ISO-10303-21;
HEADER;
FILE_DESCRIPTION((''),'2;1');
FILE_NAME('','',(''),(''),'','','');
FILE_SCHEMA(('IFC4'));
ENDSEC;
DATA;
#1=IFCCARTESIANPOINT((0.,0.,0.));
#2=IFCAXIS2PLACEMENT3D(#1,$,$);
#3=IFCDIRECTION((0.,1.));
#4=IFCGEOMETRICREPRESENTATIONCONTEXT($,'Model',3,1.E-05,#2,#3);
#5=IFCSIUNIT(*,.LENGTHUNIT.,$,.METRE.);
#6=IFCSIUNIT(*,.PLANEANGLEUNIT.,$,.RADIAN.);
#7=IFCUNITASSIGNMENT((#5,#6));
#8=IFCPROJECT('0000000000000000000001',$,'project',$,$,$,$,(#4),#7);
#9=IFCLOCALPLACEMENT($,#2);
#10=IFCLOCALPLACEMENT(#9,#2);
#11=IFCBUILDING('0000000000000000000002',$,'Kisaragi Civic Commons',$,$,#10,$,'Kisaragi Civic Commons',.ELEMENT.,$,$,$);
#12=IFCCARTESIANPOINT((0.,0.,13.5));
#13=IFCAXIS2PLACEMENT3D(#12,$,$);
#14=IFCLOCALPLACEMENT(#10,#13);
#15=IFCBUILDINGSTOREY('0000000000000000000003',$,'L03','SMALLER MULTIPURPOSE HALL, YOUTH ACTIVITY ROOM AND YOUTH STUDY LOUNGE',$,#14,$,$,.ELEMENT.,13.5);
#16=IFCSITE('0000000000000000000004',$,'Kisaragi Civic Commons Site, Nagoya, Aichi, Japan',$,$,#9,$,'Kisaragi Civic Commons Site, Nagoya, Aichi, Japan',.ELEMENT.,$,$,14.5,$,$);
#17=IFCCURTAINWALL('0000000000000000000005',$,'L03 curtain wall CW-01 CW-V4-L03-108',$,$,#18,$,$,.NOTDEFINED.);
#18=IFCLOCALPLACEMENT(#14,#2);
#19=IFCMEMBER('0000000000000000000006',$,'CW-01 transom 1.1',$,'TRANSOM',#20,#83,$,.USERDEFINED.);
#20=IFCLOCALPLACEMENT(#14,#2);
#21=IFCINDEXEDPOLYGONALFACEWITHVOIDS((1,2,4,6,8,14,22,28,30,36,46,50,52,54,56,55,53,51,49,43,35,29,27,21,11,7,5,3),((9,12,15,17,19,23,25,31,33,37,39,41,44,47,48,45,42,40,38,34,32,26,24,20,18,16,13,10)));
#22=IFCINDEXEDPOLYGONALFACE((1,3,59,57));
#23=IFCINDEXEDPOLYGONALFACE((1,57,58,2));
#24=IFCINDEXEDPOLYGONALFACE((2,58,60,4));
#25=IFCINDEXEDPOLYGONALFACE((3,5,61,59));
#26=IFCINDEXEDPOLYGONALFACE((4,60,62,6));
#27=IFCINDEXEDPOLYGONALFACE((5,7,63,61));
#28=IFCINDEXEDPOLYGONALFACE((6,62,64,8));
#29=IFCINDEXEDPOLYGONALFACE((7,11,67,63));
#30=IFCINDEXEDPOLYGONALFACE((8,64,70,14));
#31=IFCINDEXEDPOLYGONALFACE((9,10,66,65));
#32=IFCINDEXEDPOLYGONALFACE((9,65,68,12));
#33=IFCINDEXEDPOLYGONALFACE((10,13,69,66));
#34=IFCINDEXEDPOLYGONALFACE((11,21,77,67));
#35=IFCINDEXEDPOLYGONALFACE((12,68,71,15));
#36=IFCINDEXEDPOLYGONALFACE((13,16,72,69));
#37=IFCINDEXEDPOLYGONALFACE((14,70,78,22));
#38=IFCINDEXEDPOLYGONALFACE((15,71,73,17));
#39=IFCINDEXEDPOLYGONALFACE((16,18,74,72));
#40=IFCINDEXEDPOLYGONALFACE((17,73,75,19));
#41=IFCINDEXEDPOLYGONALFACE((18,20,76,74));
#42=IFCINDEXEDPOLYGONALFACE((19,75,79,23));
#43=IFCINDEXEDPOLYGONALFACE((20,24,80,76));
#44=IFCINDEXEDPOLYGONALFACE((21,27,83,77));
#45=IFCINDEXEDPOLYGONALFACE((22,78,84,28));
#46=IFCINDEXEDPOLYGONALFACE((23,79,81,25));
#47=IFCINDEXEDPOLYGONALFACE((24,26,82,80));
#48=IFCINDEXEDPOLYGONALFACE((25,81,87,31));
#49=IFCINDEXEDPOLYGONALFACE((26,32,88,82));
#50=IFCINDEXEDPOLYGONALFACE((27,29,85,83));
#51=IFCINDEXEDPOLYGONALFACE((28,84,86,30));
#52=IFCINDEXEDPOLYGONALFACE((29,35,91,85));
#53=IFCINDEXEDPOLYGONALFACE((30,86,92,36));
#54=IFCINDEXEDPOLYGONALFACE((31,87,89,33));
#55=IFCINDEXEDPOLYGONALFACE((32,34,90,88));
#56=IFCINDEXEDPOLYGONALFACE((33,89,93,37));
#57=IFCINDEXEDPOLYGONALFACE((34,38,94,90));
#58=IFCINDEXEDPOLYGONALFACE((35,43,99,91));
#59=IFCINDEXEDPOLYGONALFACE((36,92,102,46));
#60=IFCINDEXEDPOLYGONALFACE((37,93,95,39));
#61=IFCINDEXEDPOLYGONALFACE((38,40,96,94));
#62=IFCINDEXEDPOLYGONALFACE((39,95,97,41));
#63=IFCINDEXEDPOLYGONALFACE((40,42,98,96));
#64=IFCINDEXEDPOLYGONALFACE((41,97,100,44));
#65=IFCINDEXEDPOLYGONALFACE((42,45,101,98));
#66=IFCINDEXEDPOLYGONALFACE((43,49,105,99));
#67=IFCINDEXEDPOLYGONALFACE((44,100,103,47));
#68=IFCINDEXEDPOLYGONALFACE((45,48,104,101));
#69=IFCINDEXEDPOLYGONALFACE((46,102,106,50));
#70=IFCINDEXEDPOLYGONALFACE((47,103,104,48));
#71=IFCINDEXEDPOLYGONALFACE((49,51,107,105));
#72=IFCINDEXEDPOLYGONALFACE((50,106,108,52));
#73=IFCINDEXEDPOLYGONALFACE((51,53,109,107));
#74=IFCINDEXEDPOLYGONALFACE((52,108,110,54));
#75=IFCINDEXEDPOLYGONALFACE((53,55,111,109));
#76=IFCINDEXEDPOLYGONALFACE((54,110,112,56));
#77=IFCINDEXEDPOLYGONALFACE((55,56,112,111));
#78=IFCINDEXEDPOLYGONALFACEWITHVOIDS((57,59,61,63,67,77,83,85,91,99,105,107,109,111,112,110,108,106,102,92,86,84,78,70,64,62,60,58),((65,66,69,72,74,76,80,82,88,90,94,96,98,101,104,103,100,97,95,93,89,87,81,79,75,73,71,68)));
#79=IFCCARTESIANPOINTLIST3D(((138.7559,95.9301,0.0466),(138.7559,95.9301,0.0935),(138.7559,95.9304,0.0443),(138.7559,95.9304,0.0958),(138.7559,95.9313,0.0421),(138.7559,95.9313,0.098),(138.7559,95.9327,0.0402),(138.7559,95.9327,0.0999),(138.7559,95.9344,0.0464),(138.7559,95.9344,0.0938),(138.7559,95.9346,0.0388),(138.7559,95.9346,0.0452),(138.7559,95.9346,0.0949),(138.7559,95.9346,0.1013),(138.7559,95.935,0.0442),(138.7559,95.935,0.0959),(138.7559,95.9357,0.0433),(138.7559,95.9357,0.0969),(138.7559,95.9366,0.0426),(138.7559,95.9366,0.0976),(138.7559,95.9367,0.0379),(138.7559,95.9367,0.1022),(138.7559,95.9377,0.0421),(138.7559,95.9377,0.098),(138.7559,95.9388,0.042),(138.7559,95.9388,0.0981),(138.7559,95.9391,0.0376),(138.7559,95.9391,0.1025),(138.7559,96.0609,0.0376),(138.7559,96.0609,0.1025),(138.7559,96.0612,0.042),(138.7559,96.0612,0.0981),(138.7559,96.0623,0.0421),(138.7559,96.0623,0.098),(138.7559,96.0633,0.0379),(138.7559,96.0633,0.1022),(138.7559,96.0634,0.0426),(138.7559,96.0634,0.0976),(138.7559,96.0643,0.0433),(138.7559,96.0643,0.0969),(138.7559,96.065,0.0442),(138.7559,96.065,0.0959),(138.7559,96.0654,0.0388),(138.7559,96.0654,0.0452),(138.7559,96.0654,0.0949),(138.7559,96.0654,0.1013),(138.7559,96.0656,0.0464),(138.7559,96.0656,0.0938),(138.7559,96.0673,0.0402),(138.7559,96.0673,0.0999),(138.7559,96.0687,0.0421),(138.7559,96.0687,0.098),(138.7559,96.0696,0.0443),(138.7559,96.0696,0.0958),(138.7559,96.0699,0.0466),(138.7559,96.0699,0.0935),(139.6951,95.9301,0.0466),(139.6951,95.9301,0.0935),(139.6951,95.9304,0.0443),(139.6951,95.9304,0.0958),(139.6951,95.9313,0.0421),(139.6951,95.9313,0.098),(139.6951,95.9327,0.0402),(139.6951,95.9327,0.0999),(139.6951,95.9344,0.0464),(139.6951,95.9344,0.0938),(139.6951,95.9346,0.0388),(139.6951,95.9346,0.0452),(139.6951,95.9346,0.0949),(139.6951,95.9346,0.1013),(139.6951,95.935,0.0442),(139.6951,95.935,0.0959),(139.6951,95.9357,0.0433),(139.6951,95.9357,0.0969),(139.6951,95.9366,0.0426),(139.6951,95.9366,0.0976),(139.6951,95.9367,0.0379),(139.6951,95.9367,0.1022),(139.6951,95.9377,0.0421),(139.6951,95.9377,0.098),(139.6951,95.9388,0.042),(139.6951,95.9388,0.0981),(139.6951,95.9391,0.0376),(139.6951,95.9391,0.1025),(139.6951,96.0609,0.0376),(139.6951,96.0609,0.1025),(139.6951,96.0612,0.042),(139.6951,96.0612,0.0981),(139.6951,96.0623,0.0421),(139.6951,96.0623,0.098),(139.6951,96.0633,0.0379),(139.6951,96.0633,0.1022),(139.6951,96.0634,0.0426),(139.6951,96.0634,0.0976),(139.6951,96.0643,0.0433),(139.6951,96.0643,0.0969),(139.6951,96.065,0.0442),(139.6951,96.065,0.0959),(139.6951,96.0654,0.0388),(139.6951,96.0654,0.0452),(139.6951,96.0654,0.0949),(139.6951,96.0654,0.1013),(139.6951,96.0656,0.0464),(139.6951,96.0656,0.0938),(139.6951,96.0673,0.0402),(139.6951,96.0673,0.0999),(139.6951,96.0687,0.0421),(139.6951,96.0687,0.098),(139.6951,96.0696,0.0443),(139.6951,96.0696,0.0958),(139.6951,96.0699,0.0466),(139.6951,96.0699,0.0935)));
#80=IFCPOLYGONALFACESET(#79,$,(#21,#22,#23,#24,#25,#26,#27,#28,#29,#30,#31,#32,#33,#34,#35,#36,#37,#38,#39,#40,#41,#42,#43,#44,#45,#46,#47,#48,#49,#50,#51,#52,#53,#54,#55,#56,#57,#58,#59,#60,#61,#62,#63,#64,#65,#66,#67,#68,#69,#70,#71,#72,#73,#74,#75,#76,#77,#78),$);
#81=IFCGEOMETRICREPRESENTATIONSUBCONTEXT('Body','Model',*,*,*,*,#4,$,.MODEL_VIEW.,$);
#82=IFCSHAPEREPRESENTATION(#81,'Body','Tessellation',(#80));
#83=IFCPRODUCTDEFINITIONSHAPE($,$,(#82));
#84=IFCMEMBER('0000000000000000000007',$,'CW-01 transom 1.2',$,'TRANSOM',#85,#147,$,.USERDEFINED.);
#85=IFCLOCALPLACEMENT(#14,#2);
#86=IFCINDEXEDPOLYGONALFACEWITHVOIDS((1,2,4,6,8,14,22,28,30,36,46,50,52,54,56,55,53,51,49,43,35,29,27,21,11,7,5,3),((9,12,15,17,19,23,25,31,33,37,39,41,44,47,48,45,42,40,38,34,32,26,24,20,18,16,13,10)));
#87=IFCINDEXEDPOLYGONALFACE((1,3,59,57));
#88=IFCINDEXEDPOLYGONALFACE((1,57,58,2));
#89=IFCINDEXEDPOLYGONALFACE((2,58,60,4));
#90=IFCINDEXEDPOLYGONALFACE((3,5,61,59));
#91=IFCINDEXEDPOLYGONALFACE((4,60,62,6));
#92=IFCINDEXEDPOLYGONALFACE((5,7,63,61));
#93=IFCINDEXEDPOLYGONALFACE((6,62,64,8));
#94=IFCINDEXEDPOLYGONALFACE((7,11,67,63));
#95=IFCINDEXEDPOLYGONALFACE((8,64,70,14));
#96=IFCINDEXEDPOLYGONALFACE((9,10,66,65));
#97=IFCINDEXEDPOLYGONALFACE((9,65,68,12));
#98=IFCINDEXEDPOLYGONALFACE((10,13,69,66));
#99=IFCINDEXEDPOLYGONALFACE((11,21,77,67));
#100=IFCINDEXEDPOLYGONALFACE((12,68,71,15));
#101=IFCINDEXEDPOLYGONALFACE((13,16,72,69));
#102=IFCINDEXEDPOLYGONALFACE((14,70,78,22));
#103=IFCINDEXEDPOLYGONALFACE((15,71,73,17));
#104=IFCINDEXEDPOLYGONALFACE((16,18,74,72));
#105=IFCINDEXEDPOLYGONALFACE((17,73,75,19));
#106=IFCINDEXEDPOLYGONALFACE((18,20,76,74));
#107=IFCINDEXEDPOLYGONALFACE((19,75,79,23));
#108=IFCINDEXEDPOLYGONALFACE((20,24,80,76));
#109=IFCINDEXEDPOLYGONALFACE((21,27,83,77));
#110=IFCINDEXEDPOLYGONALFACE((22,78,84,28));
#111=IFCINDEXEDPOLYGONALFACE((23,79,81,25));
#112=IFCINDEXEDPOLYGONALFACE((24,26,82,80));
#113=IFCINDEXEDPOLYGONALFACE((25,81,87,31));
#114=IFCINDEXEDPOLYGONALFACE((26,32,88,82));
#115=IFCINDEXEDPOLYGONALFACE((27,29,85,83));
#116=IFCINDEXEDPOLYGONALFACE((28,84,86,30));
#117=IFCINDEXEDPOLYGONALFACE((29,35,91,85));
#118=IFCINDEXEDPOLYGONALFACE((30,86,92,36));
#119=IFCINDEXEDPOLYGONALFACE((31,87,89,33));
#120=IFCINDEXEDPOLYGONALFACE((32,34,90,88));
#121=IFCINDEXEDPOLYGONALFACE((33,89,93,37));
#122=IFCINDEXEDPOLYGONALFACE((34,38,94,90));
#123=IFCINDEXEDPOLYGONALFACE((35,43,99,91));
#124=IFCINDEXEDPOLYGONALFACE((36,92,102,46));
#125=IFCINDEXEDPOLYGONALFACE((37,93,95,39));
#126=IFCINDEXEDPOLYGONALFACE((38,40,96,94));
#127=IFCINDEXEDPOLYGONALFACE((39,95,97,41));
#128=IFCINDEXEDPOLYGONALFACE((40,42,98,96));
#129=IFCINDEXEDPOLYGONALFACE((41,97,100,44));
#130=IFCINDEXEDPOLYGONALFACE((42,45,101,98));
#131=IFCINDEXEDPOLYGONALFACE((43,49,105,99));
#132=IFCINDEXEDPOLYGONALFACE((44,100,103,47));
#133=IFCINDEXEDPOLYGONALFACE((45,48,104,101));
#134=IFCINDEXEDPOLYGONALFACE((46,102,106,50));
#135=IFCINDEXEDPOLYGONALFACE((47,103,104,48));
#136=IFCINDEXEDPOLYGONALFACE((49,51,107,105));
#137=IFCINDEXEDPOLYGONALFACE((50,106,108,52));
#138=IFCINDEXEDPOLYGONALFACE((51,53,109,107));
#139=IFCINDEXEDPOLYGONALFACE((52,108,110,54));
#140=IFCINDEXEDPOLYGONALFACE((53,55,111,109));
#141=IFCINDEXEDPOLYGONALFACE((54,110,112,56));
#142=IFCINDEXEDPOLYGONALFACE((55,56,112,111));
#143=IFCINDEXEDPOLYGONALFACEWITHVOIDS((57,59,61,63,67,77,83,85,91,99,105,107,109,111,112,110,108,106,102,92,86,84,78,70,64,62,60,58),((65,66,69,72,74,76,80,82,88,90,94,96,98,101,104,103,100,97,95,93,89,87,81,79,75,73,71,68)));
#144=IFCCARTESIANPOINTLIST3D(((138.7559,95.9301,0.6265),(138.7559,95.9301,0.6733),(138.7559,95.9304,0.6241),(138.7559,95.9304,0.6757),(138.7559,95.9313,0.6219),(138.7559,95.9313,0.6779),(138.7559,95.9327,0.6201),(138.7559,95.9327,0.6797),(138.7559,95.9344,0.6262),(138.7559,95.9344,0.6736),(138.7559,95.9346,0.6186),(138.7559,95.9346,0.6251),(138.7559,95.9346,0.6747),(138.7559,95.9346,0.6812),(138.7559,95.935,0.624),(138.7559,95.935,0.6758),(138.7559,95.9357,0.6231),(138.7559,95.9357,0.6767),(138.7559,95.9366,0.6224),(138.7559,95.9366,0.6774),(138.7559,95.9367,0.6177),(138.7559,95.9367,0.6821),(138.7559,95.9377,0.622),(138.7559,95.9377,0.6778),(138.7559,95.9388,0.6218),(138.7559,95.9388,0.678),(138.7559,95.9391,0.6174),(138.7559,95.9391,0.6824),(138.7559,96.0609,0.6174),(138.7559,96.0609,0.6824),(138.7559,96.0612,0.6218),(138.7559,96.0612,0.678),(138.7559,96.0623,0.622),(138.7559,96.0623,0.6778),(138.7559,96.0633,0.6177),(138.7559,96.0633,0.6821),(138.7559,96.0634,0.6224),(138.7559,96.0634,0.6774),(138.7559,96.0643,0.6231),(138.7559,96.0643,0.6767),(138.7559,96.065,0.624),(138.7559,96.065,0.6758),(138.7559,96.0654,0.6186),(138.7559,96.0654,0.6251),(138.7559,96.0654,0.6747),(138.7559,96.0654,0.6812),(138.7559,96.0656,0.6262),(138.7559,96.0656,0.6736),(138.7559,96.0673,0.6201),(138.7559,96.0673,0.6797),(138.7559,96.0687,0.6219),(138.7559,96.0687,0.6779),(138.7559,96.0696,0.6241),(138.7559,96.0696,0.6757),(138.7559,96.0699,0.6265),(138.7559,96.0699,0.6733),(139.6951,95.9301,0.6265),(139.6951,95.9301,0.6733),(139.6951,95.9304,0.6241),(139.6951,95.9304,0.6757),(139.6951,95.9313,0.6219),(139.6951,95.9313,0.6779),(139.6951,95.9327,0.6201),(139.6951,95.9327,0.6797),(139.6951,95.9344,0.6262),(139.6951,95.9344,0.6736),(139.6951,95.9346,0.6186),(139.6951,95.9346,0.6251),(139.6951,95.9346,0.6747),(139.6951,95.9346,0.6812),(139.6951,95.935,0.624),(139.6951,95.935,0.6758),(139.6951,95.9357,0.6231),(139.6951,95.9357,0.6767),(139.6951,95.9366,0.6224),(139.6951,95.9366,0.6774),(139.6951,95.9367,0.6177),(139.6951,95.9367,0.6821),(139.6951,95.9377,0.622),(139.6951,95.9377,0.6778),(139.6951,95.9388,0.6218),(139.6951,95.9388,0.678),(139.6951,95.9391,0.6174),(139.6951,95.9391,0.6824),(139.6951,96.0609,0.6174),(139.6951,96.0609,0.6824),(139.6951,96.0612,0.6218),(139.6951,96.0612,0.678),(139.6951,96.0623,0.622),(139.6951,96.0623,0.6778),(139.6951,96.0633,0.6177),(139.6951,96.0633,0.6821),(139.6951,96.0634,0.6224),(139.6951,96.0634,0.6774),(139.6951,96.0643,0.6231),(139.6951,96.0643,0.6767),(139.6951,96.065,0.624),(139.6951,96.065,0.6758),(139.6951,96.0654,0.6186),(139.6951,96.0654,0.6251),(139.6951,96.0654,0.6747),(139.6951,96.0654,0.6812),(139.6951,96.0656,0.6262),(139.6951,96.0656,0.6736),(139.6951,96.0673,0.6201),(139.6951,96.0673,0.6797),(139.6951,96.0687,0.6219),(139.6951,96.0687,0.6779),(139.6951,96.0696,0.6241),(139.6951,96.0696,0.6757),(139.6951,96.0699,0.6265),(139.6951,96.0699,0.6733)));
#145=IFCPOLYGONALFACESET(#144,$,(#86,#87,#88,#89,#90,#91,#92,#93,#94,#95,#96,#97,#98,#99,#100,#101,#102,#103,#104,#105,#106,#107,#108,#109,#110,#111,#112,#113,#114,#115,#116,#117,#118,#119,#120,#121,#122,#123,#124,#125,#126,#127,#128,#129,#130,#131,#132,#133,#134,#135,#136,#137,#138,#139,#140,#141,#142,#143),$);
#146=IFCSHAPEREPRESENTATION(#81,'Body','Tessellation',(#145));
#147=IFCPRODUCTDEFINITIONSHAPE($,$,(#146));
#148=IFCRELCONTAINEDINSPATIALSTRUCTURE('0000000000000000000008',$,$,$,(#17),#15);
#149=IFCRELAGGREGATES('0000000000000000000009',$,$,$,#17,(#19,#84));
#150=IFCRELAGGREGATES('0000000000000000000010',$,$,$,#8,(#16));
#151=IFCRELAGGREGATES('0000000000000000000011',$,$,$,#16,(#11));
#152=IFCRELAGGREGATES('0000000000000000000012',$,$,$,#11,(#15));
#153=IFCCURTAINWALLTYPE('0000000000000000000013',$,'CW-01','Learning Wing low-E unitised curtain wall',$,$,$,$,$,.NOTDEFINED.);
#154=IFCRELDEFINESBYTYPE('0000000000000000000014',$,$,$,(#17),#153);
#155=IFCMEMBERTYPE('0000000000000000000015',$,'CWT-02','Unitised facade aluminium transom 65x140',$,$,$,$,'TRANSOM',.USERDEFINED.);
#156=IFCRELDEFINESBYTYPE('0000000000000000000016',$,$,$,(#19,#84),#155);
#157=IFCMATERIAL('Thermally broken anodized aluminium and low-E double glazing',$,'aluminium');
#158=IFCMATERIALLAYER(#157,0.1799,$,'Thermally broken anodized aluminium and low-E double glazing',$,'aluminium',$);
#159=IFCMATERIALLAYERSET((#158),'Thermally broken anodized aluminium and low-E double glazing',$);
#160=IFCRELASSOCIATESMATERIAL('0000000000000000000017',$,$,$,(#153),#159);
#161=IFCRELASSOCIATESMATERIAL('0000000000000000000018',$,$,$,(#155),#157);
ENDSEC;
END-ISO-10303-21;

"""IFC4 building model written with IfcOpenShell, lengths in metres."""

from ifc_helpers import new_model, si_unit, direction, frame, origin, origin_2d, place, context, subcontext, project, spatial, hollow_rectangle, extrude, material, layer, layer_set, material_profile, profile_set, type_object, element, aggregate, save


model = new_model("IFC4")

# Units and contexts
model_context = context("Model", 3, precision=1e-05, world=origin(), true_north=direction((0.0, 1.0)))
body_context = subcontext(model_context, "Body", "Model", "MODEL_VIEW")
ifc_project = project(units=[si_unit("LENGTHUNIT", "METRE"), si_unit("PLANEANGLEUNIT", "RADIAN")], contexts=[model_context])

# Site, building, storey
site_placement = place(None, origin())
site = spatial("IfcSite", under=ifc_project, at=site_placement, Name="Kisaragi Civic Commons Site, Nagoya, Aichi, Japan", LongName="Kisaragi Civic Commons Site, Nagoya, Aichi, Japan", CompositionType="ELEMENT", RefElevation=14.5)
building_placement = place(site_placement, origin())
building = spatial("IfcBuilding", under=site, at=building_placement, Name="Kisaragi Civic Commons", LongName="Kisaragi Civic Commons", CompositionType="ELEMENT")
storey_placement = place(building_placement, frame((0.0, 0.0, 13.5)))
storey = spatial("IfcBuildingStorey", under=building, at=storey_placement, Name="L03", Description="SMALLER MULTIPURPOSE HALL, YOUTH ACTIVITY ROOM AND YOUTH STUDY LOUNGE", CompositionType="ELEMENT", Elevation=13.5)

# Shared definitions
ifc_material = material(Name="Thermally broken anodized aluminium and low-E double glazing", Category="aluminium")
ifc_layer_1 = layer(ifc_material, 0.1799, Name="Thermally broken anodized aluminium and low-E double glazing", Category="aluminium")
ifc_layer_set_1 = layer_set([ifc_layer_1], Name="Thermally broken anodized aluminium and low-E double glazing")
curtain_wall_type = type_object("IfcCurtainWallType", Name="CW-01", Description="Learning Wing low-E unitised curtain wall", PredefinedType="NOTDEFINED", material=ifc_layer_set_1)

# Curtain wall, members
curtain_wall_1_placement = place(storey_placement, origin())
curtain_wall_1 = element("IfcCurtainWall", 1, at=curtain_wall_1_placement, inside=storey, type_object=curtain_wall_type, Name="L03 curtain wall CW-01 CW-V4-L03-108", PredefinedType="NOTDEFINED")
ifc_material_profile_1 = material_profile(ifc_material, hollow_rectangle(XDim=0.1399, YDim=0.0649, WallThickness=0.0044, InnerFilletRadius=0.0044, OuterFilletRadius=0.009, at=origin_2d()), Name="CWT-65x140x4.5", Category="aluminium")
ifc_profile_set_1 = profile_set([ifc_material_profile_1], Name="Thermally broken anodized aluminium and low-E double glazing")
member_type_1 = type_object("IfcMemberType", Name="CWT-02", Description="Unitised facade aluminium transom 65x140", ElementType="TRANSOM", PredefinedType="USERDEFINED", material=ifc_profile_set_1)
member_1_placement = place(storey_placement, frame((139.6951, 96.0, 0.0701), z_axis=(-1.0, 0.0, 0.0), x_axis=(0.0, -1.0, 0.0)))
member_1 = element("IfcMember", 2, at=member_1_placement, type_object=member_type_1, Name="CW-01 transom 1.1", ObjectType="TRANSOM", PredefinedType="USERDEFINED", context=body_context, shape_type="SweptSolid", body=[
    extrude(hollow_rectangle(XDim=0.1399, YDim=0.0649, WallThickness=0.0044, InnerFilletRadius=0.0044, OuterFilletRadius=0.009, at=origin_2d()), origin(), (0.0, 0.0, 1.0), 0.9392),
])
member_2_placement = place(storey_placement, frame((139.6951, 96.0, 0.6499), z_axis=(-1.0, 0.0, 0.0), x_axis=(0.0, -1.0, 0.0)))
member_2 = element("IfcMember", 3, at=member_2_placement, type_object=member_type_1, Name="CW-01 transom 1.2", ObjectType="TRANSOM", PredefinedType="USERDEFINED", context=body_context, shape_type="SweptSolid", body=[
    extrude(hollow_rectangle(XDim=0.1399, YDim=0.0649, WallThickness=0.0044, InnerFilletRadius=0.0044, OuterFilletRadius=0.009, at=origin_2d()), origin(), (0.0, 0.0, 1.0), 0.9392),
])
aggregate(curtain_wall_1, [member_1, member_2])

save(model, "model.ifc")
